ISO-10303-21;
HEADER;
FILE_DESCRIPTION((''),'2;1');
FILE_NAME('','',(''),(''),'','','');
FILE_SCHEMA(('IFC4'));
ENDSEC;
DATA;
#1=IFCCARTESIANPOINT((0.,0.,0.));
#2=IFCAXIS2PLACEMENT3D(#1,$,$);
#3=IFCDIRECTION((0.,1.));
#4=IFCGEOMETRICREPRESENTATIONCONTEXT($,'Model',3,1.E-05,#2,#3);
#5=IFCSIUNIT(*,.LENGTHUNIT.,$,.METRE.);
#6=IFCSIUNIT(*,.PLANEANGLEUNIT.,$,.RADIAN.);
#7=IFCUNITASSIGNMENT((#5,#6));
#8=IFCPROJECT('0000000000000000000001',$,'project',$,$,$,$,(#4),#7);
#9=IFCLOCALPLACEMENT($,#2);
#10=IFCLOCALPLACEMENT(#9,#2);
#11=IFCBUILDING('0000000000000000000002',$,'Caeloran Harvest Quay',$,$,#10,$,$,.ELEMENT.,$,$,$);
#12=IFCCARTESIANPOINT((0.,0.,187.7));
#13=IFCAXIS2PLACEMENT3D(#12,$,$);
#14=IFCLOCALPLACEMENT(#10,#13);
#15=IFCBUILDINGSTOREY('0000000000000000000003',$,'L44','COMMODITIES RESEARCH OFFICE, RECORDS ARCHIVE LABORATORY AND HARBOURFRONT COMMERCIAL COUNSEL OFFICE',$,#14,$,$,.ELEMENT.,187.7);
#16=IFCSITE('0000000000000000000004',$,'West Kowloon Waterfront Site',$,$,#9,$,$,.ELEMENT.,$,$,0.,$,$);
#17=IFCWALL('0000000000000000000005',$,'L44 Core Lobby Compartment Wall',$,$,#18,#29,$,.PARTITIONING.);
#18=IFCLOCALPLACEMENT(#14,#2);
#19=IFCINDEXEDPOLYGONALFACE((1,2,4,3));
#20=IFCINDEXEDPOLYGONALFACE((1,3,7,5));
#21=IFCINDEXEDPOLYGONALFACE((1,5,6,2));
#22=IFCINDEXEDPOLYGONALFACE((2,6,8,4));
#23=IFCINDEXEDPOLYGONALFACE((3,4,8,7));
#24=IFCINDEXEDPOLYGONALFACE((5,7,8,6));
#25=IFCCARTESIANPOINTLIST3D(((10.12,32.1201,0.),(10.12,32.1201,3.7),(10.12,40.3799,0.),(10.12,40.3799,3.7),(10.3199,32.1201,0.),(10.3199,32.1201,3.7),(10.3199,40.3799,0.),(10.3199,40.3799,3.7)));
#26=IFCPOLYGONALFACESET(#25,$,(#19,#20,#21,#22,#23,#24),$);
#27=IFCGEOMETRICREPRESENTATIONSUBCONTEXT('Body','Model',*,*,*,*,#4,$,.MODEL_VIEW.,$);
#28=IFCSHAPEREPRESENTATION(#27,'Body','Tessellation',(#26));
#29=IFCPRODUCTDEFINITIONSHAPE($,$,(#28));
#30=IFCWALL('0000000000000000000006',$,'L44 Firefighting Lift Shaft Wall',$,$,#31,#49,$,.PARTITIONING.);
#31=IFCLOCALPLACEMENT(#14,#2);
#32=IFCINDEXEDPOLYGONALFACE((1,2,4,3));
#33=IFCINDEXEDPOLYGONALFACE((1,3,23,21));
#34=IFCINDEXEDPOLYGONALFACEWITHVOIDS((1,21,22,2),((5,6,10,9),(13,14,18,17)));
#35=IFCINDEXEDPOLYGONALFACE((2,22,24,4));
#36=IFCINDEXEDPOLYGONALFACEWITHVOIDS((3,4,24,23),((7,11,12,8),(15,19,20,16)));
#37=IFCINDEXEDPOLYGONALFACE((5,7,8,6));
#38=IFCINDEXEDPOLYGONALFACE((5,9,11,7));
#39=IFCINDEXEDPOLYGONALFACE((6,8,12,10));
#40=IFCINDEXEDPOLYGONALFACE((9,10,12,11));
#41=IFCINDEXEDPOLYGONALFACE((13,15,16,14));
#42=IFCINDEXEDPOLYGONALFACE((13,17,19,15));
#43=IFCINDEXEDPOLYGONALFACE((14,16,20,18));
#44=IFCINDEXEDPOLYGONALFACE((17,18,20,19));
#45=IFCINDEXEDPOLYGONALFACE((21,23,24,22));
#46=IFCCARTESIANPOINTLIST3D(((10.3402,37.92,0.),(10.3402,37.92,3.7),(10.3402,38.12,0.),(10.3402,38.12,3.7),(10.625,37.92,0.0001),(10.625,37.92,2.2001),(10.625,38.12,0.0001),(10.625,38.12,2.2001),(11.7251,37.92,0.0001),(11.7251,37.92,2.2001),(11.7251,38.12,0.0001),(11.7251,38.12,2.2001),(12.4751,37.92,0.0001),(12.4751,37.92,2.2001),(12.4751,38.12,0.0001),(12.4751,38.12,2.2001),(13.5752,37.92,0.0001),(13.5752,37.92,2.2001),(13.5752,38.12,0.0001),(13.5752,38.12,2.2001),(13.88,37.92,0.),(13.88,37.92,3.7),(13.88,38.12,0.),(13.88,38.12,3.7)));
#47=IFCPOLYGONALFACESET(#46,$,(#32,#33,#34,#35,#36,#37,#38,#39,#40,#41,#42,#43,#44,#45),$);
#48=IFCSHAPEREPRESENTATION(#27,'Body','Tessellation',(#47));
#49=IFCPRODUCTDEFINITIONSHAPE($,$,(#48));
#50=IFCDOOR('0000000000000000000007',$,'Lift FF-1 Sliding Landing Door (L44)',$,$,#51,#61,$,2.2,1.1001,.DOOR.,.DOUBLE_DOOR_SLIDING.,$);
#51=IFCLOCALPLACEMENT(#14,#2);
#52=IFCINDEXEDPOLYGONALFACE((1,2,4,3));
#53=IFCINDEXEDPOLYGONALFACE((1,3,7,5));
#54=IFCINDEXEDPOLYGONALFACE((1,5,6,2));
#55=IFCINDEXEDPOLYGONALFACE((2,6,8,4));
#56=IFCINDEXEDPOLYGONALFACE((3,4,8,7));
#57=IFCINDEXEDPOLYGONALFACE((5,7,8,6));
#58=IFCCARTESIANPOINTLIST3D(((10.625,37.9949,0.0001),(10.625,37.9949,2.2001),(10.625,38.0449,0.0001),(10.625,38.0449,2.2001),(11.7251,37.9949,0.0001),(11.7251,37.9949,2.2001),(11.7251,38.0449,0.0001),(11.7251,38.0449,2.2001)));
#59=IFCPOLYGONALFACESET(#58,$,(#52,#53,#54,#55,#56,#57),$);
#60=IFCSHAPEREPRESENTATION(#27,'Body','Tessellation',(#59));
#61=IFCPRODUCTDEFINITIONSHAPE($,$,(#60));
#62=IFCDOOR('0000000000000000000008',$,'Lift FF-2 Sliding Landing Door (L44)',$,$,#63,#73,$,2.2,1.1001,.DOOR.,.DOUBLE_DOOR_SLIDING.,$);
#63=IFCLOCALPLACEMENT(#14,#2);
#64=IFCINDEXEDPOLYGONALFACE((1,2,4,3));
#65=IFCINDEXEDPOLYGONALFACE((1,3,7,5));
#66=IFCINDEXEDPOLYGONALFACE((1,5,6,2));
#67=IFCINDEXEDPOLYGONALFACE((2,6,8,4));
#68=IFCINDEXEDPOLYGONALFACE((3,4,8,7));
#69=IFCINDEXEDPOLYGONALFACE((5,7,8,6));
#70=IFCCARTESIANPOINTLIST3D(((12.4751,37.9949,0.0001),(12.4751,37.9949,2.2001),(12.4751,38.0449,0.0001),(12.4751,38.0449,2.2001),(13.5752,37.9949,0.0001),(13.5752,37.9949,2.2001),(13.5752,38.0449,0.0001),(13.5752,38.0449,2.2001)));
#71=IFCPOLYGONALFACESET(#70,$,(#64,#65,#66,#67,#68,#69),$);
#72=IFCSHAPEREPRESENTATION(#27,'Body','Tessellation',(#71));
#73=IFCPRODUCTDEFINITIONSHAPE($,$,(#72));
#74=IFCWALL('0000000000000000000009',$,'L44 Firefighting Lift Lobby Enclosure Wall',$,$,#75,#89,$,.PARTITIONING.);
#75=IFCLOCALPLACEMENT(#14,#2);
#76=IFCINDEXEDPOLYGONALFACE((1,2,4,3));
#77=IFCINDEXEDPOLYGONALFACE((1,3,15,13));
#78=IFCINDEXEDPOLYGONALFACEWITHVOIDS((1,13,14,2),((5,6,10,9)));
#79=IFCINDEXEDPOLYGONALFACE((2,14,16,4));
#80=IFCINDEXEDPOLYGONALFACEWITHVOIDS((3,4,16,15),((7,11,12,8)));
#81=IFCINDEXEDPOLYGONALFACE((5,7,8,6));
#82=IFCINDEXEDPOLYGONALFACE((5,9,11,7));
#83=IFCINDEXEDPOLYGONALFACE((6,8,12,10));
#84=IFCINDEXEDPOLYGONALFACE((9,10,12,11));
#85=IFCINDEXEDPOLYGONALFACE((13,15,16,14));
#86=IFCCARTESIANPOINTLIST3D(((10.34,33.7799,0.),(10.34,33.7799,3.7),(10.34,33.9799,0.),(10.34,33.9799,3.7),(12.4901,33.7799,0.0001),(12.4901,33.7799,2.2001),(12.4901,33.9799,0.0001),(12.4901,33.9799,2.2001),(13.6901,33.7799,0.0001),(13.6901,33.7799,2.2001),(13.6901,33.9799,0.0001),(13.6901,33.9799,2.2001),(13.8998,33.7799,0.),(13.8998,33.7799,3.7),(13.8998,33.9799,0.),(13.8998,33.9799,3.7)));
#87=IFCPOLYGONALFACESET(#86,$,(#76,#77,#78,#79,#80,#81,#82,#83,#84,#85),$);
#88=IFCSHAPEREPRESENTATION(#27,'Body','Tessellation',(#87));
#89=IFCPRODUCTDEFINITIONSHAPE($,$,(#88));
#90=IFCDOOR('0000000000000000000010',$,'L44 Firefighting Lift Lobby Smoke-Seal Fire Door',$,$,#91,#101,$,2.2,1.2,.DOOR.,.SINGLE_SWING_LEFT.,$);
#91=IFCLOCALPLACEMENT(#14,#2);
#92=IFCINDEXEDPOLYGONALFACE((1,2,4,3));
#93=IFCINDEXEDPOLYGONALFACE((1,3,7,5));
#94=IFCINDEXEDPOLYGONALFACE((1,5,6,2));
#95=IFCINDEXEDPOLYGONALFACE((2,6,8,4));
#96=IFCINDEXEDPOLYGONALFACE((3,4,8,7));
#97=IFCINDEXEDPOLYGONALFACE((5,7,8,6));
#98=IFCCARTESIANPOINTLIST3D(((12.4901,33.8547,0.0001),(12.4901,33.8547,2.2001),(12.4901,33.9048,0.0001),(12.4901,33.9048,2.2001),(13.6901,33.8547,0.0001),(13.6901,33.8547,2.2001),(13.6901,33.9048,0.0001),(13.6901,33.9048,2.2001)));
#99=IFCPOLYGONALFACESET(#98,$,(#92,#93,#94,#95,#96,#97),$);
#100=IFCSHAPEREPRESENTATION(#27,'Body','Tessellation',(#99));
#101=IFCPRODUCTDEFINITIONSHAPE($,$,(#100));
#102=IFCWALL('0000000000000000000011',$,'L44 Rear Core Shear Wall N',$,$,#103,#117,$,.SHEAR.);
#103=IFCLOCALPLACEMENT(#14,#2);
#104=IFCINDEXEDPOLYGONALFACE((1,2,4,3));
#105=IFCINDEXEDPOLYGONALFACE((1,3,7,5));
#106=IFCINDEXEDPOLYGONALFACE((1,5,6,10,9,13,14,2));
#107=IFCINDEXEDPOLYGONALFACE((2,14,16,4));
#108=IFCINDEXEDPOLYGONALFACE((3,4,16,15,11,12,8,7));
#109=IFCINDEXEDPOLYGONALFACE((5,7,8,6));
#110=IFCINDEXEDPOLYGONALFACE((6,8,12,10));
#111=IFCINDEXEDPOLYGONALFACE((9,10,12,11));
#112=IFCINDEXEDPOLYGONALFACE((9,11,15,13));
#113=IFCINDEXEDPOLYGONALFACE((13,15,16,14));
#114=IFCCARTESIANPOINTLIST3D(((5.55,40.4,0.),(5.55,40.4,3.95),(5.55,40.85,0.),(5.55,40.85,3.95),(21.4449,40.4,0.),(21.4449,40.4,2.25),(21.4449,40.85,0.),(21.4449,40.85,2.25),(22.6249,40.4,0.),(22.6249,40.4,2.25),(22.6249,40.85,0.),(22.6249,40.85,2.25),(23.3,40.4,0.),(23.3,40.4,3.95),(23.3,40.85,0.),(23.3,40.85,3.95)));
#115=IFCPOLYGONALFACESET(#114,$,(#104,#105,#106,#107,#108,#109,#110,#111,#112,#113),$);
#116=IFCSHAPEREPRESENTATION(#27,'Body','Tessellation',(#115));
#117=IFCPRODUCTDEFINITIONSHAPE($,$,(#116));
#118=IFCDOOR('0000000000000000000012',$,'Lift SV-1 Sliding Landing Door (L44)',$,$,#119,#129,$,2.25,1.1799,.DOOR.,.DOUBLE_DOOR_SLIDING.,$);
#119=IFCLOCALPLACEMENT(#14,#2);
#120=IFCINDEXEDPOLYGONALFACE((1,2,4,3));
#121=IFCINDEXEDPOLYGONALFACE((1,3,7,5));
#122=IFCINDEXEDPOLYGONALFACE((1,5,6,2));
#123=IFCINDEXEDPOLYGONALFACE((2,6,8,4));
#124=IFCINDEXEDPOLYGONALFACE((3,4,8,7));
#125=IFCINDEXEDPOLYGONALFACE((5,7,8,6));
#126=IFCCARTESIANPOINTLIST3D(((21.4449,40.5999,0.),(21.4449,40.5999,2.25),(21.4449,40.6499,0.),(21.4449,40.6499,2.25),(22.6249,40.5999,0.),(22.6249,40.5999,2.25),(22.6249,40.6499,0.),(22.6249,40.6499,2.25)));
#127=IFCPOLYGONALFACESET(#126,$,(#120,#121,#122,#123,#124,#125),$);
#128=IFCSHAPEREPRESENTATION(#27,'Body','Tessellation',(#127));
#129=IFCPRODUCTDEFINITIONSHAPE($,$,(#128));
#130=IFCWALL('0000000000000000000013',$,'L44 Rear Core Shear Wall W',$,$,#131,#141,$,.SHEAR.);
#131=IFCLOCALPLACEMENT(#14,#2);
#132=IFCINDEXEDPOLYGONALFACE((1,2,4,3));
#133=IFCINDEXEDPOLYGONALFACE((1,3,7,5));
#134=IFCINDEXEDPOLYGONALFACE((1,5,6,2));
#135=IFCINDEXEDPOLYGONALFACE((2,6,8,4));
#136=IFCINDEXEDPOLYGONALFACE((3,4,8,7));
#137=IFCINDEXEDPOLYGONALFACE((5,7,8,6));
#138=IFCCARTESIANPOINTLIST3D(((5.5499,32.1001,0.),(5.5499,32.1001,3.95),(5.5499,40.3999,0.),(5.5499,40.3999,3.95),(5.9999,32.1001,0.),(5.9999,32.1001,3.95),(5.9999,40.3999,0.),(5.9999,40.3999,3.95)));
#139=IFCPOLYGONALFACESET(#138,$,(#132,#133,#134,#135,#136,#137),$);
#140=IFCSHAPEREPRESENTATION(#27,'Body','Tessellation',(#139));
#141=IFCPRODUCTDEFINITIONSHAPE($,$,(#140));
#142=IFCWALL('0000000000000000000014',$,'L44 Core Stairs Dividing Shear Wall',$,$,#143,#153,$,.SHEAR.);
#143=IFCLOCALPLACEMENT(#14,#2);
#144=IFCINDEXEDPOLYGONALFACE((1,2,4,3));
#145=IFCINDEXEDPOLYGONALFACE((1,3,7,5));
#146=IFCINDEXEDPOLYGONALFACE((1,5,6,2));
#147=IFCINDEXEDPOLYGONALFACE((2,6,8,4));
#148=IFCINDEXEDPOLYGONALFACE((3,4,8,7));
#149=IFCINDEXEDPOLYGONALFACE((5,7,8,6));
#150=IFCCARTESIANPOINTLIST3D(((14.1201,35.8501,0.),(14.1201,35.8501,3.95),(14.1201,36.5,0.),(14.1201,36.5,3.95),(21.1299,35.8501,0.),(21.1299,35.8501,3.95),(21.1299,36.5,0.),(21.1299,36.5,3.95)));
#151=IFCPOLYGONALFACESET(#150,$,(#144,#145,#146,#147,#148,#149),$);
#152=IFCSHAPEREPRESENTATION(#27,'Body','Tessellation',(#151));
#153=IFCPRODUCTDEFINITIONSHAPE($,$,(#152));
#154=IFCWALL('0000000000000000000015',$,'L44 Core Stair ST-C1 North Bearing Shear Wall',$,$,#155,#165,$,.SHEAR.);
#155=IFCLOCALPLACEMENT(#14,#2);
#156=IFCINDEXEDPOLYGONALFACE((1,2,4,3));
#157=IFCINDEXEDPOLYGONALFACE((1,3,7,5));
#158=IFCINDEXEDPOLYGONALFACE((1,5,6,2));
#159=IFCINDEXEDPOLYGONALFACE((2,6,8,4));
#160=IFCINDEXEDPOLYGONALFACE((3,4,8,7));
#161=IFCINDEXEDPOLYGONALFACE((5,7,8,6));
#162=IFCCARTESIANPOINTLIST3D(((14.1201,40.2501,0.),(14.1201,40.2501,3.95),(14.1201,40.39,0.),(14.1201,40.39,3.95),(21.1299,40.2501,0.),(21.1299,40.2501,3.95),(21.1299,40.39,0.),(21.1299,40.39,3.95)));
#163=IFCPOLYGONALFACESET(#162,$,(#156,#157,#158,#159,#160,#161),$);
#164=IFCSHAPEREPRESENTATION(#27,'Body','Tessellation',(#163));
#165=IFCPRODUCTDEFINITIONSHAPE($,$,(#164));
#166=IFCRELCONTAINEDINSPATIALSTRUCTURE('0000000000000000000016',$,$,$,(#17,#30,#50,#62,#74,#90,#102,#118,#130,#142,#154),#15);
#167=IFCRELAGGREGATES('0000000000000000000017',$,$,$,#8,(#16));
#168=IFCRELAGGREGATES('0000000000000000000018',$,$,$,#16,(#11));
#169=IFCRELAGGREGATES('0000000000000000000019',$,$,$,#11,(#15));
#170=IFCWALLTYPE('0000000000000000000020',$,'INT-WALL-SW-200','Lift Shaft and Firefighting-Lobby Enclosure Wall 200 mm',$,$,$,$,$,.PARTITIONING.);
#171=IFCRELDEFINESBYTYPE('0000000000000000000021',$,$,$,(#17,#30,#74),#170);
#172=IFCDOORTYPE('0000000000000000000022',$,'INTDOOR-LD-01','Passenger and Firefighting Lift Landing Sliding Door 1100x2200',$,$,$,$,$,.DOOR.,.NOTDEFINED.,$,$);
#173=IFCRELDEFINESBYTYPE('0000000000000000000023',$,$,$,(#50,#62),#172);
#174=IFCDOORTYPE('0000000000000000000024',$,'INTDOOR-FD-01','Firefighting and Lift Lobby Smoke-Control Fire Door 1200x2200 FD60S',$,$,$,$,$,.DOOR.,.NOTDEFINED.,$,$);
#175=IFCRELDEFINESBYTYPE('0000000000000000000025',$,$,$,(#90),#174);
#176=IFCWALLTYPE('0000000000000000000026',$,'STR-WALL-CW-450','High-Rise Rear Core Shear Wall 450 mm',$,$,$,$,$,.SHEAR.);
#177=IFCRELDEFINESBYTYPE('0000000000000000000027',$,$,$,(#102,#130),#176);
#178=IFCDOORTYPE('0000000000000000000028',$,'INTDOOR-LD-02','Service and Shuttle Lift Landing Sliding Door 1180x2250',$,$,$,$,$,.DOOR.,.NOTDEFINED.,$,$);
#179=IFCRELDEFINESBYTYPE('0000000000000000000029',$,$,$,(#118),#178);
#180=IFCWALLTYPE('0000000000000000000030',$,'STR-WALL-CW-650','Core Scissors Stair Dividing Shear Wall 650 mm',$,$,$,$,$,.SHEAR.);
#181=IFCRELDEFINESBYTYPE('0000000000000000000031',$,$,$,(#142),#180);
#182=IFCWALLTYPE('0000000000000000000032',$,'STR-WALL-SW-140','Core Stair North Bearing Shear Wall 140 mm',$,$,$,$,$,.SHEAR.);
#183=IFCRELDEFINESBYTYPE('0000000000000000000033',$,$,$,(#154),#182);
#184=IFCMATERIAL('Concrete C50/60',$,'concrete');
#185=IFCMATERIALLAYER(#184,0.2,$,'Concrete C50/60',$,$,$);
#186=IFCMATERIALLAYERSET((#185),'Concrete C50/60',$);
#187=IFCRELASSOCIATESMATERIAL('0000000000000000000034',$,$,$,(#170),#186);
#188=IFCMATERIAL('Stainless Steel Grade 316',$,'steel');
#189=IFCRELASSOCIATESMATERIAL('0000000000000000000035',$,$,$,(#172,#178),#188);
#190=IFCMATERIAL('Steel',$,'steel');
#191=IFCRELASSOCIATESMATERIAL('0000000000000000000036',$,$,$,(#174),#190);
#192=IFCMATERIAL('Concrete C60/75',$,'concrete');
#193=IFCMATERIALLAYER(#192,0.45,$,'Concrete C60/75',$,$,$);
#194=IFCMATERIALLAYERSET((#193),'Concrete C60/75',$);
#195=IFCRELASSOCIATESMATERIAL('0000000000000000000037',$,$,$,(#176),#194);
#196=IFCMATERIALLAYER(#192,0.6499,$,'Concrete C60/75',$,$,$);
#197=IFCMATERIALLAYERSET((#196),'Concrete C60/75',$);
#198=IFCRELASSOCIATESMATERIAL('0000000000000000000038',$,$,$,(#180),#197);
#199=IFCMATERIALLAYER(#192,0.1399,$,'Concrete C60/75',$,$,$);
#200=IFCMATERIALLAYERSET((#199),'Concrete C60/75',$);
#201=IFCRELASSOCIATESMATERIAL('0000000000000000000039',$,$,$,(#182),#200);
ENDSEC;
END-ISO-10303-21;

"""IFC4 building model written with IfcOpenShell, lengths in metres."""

from ifc_helpers import new_model, si_unit, direction, frame, frame_2d, origin, place, context, subcontext, project, spatial, rectangle, extrude, material, layer, layer_set, type_object, element, fill, save


model = new_model("IFC4")

# Units and contexts
model_context = context("Model", 3, precision=1e-05, world=origin(), true_north=direction((0.0, 1.0)))
body_context = subcontext(model_context, "Body", "Model", "MODEL_VIEW")
ifc_project = project(units=[si_unit("LENGTHUNIT", "METRE"), si_unit("PLANEANGLEUNIT", "RADIAN")], contexts=[model_context])

# Site, building, storey
site_placement = place(None, origin())
site = spatial("IfcSite", under=ifc_project, at=site_placement, Name="West Kowloon Waterfront Site", CompositionType="ELEMENT", RefElevation=0.0)
building_placement = place(site_placement, origin())
building = spatial("IfcBuilding", under=site, at=building_placement, Name="Caeloran Harvest Quay", CompositionType="ELEMENT")
storey_placement = place(building_placement, frame((0.0, 0.0, 187.7)))
storey = spatial("IfcBuildingStorey", under=building, at=storey_placement, Name="L44", Description="COMMODITIES RESEARCH OFFICE, RECORDS ARCHIVE LABORATORY AND HARBOURFRONT COMMERCIAL COUNSEL OFFICE", CompositionType="ELEMENT", Elevation=187.7)

# Shared definitions
ifc_material_1 = material(Name="Concrete C60/75", Category="concrete")

# Shared definitions
ifc_material_2 = material(Name="Concrete C50/60", Category="concrete")
ifc_layer_1 = layer(ifc_material_2, 0.2, Name="Concrete C50/60")
ifc_layer_set_1 = layer_set([ifc_layer_1], Name="Concrete C50/60")
wall_type_1 = type_object("IfcWallType", Name="INT-WALL-SW-200", Description="Lift Shaft and Firefighting-Lobby Enclosure Wall 200 mm", PredefinedType="PARTITIONING", material=ifc_layer_set_1)
ifc_material_3 = material(Name="Stainless Steel Grade 316", Category="steel")
door_type_1 = type_object("IfcDoorType", Name="INTDOOR-LD-01", Description="Passenger and Firefighting Lift Landing Sliding Door 1100x2200", OperationType="NOTDEFINED", PredefinedType="DOOR", material=ifc_material_3)

# Wall
wall_1_placement = place(storey_placement, frame((10.22, 32.1201, 0.0), z_axis=(0.0, 0.0, 1.0), x_axis=(0.0, 1.0, 0.0)))
element("IfcWall", 1, at=wall_1_placement, inside=storey, type_object=wall_type_1, Name="L44 Core Lobby Compartment Wall", PredefinedType="PARTITIONING", context=body_context, shape_type="SweptSolid", body=[
    extrude(rectangle(XDim=8.2598, YDim=0.2, at=frame_2d((4.1299, 0.0))), origin(), (0.0, 0.0, 1.0), 3.7),
])

# Wall, openings, doors
wall_2_placement = place(storey_placement, frame((10.3401, 38.02, 0.0), z_axis=(0.0, 0.0, 1.0), x_axis=(1.0, 0.0, 0.0)))
wall_2 = element("IfcWall", 2, at=wall_2_placement, inside=storey, type_object=wall_type_1, Name="L44 Firefighting Lift Shaft Wall", PredefinedType="PARTITIONING", context=body_context, shape_type="SweptSolid", body=[
    extrude(rectangle(XDim=3.5398, YDim=0.2, at=frame_2d((1.77, 0.0))), origin(), (0.0, 0.0, 1.0), 3.7),
])
opening_1_placement = place(wall_2_placement, frame((0.2849, 0.0, 0.0)))
opening_1 = element("IfcOpeningElement", 3, at=opening_1_placement, cuts=wall_2, PredefinedType="OPENING", context=body_context, shape_type="SweptSolid", body=[
    extrude(rectangle(XDim=1.1001, YDim=2.2, at=frame_2d((0.55, 1.1001))), frame((0.0, 0.1099, 0.0), z_axis=(0.0, -1.0, 0.0), x_axis=(1.0, 0.0, 0.0)), (0.0, 0.0, 1.0), 0.22),
])
opening_2_placement = place(wall_2_placement, frame((2.135, 0.0, 0.0)))
opening_2 = element("IfcOpeningElement", 4, at=opening_2_placement, cuts=wall_2, PredefinedType="OPENING", context=body_context, shape_type="SweptSolid", body=[
    extrude(rectangle(XDim=1.1001, YDim=2.2, at=frame_2d((0.55, 1.1001))), frame((0.0, 0.1099, 0.0), z_axis=(0.0, -1.0, 0.0), x_axis=(1.0, 0.0, 0.0)), (0.0, 0.0, 1.0), 0.22),
])
door_1_placement = place(opening_1_placement, origin())
door_1 = element("IfcDoor", 5, at=door_1_placement, inside=storey, type_object=door_type_1, Name="Lift FF-1 Sliding Landing Door (L44)", OperationType="DOUBLE_DOOR_SLIDING", OverallHeight=2.2, OverallWidth=1.1001, PredefinedType="DOOR", context=body_context, shape_type="SweptSolid", body=[
    extrude(rectangle(XDim=1.1001, YDim=2.2, at=frame_2d((0.55, 1.1001))), frame((0.0, 0.0249, 0.0), z_axis=(0.0, -1.0, 0.0), x_axis=(1.0, 0.0, 0.0)), (0.0, 0.0, 1.0), 0.05),
])
fill(opening_1, door_1)
door_2_placement = place(opening_2_placement, origin())
door_2 = element("IfcDoor", 6, at=door_2_placement, inside=storey, type_object=door_type_1, Name="Lift FF-2 Sliding Landing Door (L44)", OperationType="DOUBLE_DOOR_SLIDING", OverallHeight=2.2, OverallWidth=1.1001, PredefinedType="DOOR", context=body_context, shape_type="SweptSolid", body=[
    extrude(rectangle(XDim=1.1001, YDim=2.2, at=frame_2d((0.55, 1.1001))), frame((0.0, 0.0249, 0.0), z_axis=(0.0, -1.0, 0.0), x_axis=(1.0, 0.0, 0.0)), (0.0, 0.0, 1.0), 0.05),
])
fill(opening_2, door_2)

# Walls, openings, doors
wall_3_placement = place(storey_placement, frame((10.3401, 33.8799, 0.0), z_axis=(0.0, 0.0, 1.0), x_axis=(1.0, 0.0, 0.0)))
wall_3 = element("IfcWall", 7, at=wall_3_placement, inside=storey, type_object=wall_type_1, Name="L44 Firefighting Lift Lobby Enclosure Wall", PredefinedType="PARTITIONING", context=body_context, shape_type="SweptSolid", body=[
    extrude(rectangle(XDim=3.5598, YDim=0.2, at=frame_2d((1.7798, 0.0))), origin(), (0.0, 0.0, 1.0), 3.7),
])
opening_3_placement = place(wall_3_placement, frame((2.1499, 0.0, 0.0)))
opening_3 = element("IfcOpeningElement", 8, at=opening_3_placement, cuts=wall_3, PredefinedType="OPENING", context=body_context, shape_type="SweptSolid", body=[
    extrude(rectangle(XDim=1.2, YDim=2.2, at=frame_2d((0.6001, 1.1001))), frame((0.0, 0.1099, 0.0), z_axis=(0.0, -1.0, 0.0), x_axis=(1.0, 0.0, 0.0)), (0.0, 0.0, 1.0), 0.22),
])
ifc_material_4 = material(Name="Steel", Category="steel")
door_type_2 = type_object("IfcDoorType", Name="INTDOOR-FD-01", Description="Firefighting and Lift Lobby Smoke-Control Fire Door 1200x2200 FD60S", OperationType="NOTDEFINED", PredefinedType="DOOR", material=ifc_material_4)
door_3_placement = place(opening_3_placement, origin())
door_3 = element("IfcDoor", 9, at=door_3_placement, inside=storey, type_object=door_type_2, Name="L44 Firefighting Lift Lobby Smoke-Seal Fire Door", OperationType="SINGLE_SWING_LEFT", OverallHeight=2.2, OverallWidth=1.2, PredefinedType="DOOR", context=body_context, shape_type="SweptSolid", body=[
    extrude(rectangle(XDim=1.2, YDim=2.2, at=frame_2d((0.6001, 1.1001))), frame((0.0, 0.0249, 0.0), z_axis=(0.0, -1.0, 0.0), x_axis=(1.0, 0.0, 0.0)), (0.0, 0.0, 1.0), 0.05),
])
fill(opening_3, door_3)
ifc_layer_2 = layer(ifc_material_1, 0.45, Name="Concrete C60/75")
ifc_layer_set_2 = layer_set([ifc_layer_2], Name="Concrete C60/75")
wall_type_2 = type_object("IfcWallType", Name="STR-WALL-CW-450", Description="High-Rise Rear Core Shear Wall 450 mm", PredefinedType="SHEAR", material=ifc_layer_set_2)
wall_4_placement = place(storey_placement, frame((5.55, 40.625, 0.0), z_axis=(0.0, 0.0, 1.0), x_axis=(1.0, 0.0, 0.0)))
wall_4 = element("IfcWall", 10, at=wall_4_placement, inside=storey, type_object=wall_type_2, Name="L44 Rear Core Shear Wall N", PredefinedType="SHEAR", context=body_context, shape_type="SweptSolid", body=[
    extrude(rectangle(XDim=17.75, YDim=0.45, at=frame_2d((8.875, 0.0))), origin(), (0.0, 0.0, 1.0), 3.95),
])
opening_4_placement = place(wall_4_placement, frame((15.895, 0.0, 0.0)))
opening_4 = element("IfcOpeningElement", 11, at=opening_4_placement, cuts=wall_4, PredefinedType="OPENING", context=body_context, shape_type="SweptSolid", body=[
    extrude(rectangle(XDim=1.1799, YDim=2.25, at=frame_2d((0.5898, 1.125))), frame((0.0, 0.2349, 0.0), z_axis=(0.0, -1.0, 0.0), x_axis=(1.0, 0.0, 0.0)), (0.0, 0.0, 1.0), 0.47),
])
door_type_3 = type_object("IfcDoorType", Name="INTDOOR-LD-02", Description="Service and Shuttle Lift Landing Sliding Door 1180x2250", OperationType="NOTDEFINED", PredefinedType="DOOR", material=ifc_material_3)
door_4_placement = place(opening_4_placement, origin())
door_4 = element("IfcDoor", 12, at=door_4_placement, inside=storey, type_object=door_type_3, Name="Lift SV-1 Sliding Landing Door (L44)", OperationType="DOUBLE_DOOR_SLIDING", OverallHeight=2.25, OverallWidth=1.1799, PredefinedType="DOOR", context=body_context, shape_type="SweptSolid", body=[
    extrude(rectangle(XDim=1.1799, YDim=2.25, at=frame_2d((0.5898, 1.125))), frame((0.0, 0.0249, 0.0), z_axis=(0.0, -1.0, 0.0), x_axis=(1.0, 0.0, 0.0)), (0.0, 0.0, 1.0), 0.05),
])
fill(opening_4, door_4)

# Walls
wall_5_placement = place(storey_placement, frame((5.7749, 32.1001, 0.0), z_axis=(0.0, 0.0, 1.0), x_axis=(0.0, 1.0, 0.0)))
element("IfcWall", 13, at=wall_5_placement, inside=storey, type_object=wall_type_2, Name="L44 Rear Core Shear Wall W", PredefinedType="SHEAR", context=body_context, shape_type="SweptSolid", body=[
    extrude(rectangle(XDim=8.2998, YDim=0.45, at=frame_2d((4.1499, 0.0))), origin(), (0.0, 0.0, 1.0), 3.95),
])
ifc_layer_3 = layer(ifc_material_1, 0.6499, Name="Concrete C60/75")
ifc_layer_set_3 = layer_set([ifc_layer_3], Name="Concrete C60/75")
wall_type_3 = type_object("IfcWallType", Name="STR-WALL-CW-650", Description="Core Scissors Stair Dividing Shear Wall 650 mm", PredefinedType="SHEAR", material=ifc_layer_set_3)
wall_6_placement = place(storey_placement, frame((14.1201, 36.175, 0.0), z_axis=(0.0, 0.0, 1.0), x_axis=(1.0, 0.0, 0.0)))
element("IfcWall", 14, at=wall_6_placement, inside=storey, type_object=wall_type_3, Name="L44 Core Stairs Dividing Shear Wall", PredefinedType="SHEAR", context=body_context, shape_type="SweptSolid", body=[
    extrude(rectangle(XDim=7.0098, YDim=0.6499, at=frame_2d((3.5049, 0.0))), origin(), (0.0, 0.0, 1.0), 3.95),
])
ifc_layer_4 = layer(ifc_material_1, 0.1399, Name="Concrete C60/75")
ifc_layer_set_4 = layer_set([ifc_layer_4], Name="Concrete C60/75")
wall_type_4 = type_object("IfcWallType", Name="STR-WALL-SW-140", Description="Core Stair North Bearing Shear Wall 140 mm", PredefinedType="SHEAR", material=ifc_layer_set_4)
wall_7_placement = place(storey_placement, frame((14.1201, 40.3201, 0.0), z_axis=(0.0, 0.0, 1.0), x_axis=(1.0, 0.0, 0.0)))
element("IfcWall", 15, at=wall_7_placement, inside=storey, type_object=wall_type_4, Name="L44 Core Stair ST-C1 North Bearing Shear Wall", PredefinedType="SHEAR", context=body_context, shape_type="SweptSolid", body=[
    extrude(rectangle(XDim=7.0098, YDim=0.1399, at=frame_2d((3.5049, 0.0))), origin(), (0.0, 0.0, 1.0), 3.95),
])

save(model, "model.ifc")
